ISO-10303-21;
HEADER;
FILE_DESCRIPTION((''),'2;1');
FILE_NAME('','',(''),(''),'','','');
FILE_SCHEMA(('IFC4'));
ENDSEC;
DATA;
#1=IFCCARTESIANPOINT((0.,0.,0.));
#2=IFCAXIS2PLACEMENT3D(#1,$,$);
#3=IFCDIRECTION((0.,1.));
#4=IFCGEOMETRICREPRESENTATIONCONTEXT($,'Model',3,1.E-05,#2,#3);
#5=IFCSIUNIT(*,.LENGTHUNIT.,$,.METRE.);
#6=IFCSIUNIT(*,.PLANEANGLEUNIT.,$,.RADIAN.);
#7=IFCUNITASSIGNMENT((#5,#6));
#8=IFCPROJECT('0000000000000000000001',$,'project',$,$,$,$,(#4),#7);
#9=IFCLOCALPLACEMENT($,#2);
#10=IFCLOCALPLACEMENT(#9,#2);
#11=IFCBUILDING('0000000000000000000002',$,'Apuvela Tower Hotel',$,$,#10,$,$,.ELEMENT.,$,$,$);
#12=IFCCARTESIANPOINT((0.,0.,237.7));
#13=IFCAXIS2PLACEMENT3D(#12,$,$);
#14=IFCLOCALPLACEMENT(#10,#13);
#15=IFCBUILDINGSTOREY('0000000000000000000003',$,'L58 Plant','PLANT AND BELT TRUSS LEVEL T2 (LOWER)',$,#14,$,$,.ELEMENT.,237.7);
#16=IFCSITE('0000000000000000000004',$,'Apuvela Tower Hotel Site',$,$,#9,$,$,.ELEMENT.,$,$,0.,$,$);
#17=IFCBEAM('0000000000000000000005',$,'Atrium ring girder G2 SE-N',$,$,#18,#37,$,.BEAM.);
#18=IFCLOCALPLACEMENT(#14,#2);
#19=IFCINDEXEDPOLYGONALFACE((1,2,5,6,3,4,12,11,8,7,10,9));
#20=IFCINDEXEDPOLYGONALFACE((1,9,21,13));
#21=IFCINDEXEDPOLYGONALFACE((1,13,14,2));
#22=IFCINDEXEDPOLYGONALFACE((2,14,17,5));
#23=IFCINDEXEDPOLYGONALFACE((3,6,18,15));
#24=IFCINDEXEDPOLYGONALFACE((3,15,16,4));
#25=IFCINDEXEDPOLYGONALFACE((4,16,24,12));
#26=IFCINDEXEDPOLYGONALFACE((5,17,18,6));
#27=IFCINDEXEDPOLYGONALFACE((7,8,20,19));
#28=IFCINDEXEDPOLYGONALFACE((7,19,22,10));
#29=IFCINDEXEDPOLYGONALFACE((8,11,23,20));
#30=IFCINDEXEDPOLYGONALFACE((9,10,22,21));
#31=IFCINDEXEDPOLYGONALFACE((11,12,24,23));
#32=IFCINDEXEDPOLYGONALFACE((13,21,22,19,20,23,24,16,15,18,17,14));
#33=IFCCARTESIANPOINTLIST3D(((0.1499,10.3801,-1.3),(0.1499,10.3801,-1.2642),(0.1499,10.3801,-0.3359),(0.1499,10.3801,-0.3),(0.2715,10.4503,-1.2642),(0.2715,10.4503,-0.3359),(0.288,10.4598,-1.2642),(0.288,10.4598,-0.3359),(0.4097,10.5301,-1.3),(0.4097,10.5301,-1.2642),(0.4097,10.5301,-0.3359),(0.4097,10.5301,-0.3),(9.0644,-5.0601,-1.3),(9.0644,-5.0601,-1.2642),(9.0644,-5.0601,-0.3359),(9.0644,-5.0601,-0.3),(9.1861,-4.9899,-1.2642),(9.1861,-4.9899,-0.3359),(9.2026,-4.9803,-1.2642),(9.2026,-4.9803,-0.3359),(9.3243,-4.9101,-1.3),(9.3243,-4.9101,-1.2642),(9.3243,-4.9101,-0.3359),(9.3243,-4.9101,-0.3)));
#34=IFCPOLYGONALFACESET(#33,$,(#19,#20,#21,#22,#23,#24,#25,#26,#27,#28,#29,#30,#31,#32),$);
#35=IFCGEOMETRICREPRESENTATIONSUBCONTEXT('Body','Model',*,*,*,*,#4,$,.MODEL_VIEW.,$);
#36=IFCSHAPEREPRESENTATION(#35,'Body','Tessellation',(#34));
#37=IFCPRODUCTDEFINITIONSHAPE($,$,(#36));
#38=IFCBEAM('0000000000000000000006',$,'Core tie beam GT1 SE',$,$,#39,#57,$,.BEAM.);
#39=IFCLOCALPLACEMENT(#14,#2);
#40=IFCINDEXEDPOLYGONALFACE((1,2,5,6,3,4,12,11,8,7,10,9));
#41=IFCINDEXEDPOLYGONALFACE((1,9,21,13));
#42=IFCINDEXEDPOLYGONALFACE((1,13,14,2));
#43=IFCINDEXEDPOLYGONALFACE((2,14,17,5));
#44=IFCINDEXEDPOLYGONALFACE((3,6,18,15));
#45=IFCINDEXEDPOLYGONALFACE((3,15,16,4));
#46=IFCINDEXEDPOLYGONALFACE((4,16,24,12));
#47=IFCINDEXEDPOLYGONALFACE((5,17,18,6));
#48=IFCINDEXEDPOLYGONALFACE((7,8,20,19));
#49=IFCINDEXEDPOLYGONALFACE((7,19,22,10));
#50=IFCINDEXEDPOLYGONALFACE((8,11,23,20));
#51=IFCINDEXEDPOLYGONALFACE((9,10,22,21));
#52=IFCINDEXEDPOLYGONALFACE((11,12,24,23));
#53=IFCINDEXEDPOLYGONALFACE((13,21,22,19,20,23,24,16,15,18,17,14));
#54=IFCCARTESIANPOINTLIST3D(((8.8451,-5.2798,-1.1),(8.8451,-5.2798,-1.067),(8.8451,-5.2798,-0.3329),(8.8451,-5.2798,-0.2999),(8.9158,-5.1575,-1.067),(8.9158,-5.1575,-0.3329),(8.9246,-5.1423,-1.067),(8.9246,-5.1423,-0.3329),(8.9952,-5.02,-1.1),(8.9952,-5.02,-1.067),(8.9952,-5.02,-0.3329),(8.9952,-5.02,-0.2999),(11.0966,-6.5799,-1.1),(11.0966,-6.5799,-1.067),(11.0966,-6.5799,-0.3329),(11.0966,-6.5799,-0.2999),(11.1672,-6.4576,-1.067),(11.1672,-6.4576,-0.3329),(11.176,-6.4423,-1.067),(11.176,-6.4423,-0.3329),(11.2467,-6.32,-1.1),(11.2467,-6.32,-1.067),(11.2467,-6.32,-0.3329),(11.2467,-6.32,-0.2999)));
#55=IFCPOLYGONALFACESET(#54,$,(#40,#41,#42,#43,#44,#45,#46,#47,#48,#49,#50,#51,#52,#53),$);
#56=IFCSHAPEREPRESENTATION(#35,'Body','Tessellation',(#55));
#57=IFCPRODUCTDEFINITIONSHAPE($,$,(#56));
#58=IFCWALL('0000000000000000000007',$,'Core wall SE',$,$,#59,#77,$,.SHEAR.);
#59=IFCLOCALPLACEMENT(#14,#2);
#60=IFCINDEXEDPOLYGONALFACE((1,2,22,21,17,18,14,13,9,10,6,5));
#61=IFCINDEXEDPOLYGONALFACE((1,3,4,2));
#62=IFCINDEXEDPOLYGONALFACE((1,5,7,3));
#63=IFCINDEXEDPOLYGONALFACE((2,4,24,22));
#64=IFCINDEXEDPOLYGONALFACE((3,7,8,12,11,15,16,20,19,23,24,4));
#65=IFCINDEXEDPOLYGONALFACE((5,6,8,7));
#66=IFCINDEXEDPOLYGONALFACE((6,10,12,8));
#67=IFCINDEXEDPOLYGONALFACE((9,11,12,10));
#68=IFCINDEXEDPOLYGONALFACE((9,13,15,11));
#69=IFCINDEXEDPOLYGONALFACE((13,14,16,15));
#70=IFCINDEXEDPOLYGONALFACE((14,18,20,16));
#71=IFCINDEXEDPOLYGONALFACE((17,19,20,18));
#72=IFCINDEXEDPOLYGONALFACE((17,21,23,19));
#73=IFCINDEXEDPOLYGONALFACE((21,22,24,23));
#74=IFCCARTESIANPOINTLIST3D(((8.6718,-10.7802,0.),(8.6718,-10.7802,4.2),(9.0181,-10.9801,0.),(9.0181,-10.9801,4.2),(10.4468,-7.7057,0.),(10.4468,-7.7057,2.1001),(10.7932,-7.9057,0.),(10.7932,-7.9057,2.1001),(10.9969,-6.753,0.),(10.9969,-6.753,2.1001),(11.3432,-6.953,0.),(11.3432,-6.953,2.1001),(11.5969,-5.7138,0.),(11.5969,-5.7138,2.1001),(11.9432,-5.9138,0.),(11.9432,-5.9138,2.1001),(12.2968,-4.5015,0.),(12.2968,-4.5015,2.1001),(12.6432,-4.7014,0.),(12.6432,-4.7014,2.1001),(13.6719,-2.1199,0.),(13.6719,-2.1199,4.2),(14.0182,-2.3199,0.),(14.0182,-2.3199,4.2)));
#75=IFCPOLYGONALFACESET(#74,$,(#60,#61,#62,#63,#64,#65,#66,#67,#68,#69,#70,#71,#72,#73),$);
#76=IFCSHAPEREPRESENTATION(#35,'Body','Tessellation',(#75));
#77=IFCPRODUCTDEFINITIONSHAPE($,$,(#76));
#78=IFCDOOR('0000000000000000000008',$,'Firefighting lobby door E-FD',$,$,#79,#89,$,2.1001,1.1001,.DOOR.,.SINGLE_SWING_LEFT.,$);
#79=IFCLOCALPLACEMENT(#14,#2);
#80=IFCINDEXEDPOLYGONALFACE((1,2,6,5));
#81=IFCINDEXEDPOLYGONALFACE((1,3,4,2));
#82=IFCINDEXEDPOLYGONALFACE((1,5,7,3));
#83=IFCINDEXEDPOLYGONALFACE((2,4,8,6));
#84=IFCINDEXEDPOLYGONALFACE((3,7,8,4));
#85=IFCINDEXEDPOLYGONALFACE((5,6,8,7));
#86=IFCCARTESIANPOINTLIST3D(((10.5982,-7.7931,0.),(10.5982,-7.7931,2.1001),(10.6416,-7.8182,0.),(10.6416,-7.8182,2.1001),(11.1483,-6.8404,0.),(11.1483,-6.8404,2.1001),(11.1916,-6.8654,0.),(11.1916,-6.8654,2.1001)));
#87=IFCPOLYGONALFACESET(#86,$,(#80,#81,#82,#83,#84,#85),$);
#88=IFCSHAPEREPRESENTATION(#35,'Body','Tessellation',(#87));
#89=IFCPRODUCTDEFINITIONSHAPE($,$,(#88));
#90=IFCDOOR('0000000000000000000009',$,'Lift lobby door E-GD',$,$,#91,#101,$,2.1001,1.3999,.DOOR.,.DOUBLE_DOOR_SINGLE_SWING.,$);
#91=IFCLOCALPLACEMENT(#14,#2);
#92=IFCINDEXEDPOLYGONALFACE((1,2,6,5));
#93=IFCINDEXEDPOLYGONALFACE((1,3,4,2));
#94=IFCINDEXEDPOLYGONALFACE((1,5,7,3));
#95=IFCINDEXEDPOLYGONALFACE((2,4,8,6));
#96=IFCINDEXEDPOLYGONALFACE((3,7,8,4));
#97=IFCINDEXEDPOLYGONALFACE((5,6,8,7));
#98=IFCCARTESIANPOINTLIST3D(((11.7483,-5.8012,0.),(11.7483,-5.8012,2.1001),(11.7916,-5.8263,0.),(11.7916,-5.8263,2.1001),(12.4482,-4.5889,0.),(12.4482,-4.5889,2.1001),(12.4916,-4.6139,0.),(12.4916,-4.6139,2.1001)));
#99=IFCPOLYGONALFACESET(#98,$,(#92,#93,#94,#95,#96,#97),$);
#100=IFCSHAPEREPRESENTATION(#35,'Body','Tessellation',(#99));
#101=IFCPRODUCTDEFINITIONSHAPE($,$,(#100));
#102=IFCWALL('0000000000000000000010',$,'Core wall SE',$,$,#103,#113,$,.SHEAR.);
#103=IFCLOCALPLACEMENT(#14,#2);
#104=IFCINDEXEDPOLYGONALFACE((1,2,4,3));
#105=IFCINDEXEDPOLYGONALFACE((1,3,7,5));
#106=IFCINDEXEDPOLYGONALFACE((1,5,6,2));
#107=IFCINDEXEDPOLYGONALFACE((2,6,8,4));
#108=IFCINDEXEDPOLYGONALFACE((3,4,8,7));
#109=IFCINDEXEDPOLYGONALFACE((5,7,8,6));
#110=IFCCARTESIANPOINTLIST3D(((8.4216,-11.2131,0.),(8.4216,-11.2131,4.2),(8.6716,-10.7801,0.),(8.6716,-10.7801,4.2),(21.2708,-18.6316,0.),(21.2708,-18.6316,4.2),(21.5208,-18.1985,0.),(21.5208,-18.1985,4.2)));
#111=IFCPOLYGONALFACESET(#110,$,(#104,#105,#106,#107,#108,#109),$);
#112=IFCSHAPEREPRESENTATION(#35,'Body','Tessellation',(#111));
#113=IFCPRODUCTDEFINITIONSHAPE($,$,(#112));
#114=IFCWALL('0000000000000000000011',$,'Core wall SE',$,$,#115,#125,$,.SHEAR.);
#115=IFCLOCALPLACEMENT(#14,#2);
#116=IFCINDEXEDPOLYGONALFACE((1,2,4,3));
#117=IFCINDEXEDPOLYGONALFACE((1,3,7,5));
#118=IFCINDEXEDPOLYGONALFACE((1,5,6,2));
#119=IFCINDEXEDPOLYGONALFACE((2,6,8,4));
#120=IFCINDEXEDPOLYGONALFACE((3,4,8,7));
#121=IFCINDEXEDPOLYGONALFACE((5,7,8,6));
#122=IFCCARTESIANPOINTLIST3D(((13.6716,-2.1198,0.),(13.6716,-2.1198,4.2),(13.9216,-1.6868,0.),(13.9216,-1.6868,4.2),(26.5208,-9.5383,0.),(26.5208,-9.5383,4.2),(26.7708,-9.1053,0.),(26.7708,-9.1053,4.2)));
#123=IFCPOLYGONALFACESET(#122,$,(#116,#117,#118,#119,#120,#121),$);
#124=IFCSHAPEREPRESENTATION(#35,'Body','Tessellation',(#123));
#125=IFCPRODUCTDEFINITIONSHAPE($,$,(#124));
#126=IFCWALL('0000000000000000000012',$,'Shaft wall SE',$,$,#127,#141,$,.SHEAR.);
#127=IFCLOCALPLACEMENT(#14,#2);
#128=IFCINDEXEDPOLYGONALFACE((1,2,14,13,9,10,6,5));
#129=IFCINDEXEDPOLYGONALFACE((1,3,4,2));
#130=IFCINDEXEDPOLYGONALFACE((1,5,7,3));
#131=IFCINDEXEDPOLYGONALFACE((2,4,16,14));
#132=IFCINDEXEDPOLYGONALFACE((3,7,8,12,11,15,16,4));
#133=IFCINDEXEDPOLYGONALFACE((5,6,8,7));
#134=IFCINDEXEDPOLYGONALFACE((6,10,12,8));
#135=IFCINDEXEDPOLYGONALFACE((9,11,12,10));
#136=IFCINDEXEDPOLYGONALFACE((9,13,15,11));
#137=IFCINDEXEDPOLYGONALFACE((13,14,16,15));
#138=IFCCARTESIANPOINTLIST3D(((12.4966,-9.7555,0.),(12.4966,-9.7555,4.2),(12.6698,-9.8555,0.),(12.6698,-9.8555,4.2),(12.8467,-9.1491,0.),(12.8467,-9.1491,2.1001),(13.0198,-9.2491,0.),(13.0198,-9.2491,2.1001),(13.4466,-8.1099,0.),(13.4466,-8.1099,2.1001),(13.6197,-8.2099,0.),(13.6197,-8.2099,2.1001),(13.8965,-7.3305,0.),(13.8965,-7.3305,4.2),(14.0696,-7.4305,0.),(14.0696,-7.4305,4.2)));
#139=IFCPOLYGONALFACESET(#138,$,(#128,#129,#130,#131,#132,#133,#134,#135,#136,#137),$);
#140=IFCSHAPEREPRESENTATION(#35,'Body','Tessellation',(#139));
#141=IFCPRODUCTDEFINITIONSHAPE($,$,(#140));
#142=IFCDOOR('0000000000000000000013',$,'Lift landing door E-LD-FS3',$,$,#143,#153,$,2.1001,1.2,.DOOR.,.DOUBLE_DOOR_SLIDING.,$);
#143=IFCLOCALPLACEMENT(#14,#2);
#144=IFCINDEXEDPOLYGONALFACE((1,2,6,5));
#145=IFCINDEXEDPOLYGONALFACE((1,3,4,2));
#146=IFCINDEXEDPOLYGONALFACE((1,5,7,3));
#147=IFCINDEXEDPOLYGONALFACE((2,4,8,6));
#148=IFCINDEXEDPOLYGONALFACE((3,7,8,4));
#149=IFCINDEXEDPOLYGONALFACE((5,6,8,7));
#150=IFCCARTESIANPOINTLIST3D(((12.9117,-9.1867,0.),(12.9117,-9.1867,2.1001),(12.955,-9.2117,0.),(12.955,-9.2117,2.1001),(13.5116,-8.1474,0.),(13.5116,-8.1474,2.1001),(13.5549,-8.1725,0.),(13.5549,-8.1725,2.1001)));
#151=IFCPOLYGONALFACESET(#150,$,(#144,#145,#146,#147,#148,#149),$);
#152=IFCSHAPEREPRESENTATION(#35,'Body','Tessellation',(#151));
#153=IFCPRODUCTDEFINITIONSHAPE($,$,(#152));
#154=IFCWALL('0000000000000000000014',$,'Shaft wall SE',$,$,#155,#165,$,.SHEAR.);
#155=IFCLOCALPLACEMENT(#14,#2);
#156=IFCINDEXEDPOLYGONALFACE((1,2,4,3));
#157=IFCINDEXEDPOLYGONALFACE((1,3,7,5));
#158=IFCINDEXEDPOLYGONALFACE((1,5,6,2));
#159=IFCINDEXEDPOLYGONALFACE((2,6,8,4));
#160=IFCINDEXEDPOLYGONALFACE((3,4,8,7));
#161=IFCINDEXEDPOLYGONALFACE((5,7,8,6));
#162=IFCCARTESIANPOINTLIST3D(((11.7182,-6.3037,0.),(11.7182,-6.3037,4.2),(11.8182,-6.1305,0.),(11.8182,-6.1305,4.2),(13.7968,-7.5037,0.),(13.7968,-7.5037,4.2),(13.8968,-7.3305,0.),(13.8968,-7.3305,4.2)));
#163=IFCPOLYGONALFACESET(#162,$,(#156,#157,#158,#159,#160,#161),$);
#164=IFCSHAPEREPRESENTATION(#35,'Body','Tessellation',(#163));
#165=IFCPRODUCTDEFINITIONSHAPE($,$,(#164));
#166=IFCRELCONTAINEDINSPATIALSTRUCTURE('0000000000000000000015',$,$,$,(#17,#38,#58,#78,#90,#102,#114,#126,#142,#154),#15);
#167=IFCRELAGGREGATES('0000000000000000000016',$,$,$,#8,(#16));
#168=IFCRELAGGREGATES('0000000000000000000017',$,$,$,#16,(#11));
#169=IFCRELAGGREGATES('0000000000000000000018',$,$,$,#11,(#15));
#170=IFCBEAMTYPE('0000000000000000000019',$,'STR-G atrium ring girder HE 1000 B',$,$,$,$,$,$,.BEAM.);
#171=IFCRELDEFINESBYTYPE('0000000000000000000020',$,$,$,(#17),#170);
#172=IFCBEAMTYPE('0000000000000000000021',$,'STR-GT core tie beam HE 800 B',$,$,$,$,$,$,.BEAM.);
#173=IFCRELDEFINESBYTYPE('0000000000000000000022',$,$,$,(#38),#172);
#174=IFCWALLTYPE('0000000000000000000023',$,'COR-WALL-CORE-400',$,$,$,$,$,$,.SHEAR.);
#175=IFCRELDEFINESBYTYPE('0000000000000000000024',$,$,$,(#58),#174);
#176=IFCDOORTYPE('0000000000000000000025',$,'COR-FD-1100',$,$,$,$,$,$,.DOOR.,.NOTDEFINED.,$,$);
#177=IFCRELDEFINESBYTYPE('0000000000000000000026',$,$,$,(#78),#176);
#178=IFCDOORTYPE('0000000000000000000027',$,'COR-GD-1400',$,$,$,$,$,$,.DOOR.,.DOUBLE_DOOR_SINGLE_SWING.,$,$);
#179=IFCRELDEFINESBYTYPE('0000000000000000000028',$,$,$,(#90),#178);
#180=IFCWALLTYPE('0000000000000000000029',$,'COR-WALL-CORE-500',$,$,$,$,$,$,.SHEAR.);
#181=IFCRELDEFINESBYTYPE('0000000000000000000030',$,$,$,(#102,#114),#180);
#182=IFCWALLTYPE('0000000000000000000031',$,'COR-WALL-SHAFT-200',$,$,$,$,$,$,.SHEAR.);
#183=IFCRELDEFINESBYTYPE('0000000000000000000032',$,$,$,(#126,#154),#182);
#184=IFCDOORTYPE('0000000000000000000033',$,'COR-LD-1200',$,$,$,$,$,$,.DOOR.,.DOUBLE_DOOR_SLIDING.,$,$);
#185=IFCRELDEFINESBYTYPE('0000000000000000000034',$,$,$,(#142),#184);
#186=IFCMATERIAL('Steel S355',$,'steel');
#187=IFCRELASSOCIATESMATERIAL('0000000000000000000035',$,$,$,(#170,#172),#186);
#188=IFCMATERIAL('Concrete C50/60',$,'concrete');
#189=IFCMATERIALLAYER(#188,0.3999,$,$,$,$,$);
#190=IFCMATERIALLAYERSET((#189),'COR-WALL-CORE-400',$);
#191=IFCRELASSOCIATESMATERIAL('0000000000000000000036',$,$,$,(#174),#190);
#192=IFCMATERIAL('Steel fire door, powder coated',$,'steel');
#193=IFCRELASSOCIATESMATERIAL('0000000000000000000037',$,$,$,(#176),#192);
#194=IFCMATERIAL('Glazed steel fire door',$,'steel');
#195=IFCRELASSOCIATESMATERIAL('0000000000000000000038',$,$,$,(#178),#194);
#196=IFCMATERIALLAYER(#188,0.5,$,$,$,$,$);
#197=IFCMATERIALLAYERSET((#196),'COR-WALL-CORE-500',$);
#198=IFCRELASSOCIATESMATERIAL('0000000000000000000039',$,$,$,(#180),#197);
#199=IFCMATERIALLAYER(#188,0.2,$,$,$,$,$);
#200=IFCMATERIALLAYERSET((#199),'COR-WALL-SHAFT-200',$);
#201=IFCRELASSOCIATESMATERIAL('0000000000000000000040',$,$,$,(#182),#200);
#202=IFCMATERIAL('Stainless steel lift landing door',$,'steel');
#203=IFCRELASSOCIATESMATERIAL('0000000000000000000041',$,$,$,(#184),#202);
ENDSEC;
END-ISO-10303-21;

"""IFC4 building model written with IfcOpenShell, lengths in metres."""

from ifc_helpers import new_model, si_unit, direction, frame, frame_2d, origin, origin_2d, place, context, subcontext, project, spatial, rectangle, i_section, extrude, material, layer, layer_set, material_profile, profile_set, type_object, element, fill, save


model = new_model("IFC4")

# Units and contexts
model_context = context("Model", 3, precision=1e-05, world=origin(), true_north=direction((0.0, 1.0)))
body_context = subcontext(model_context, "Body", "Model", "MODEL_VIEW")
ifc_project = project(units=[si_unit("LENGTHUNIT", "METRE"), si_unit("PLANEANGLEUNIT", "RADIAN")], contexts=[model_context])

# Site, building, storey
site_placement = place(None, origin())
site = spatial("IfcSite", under=ifc_project, at=site_placement, Name="Apuvela Tower Hotel Site", CompositionType="ELEMENT", RefElevation=0.0)
building_placement = place(site_placement, origin())
building = spatial("IfcBuilding", under=site, at=building_placement, Name="Apuvela Tower Hotel", CompositionType="ELEMENT")
storey_placement = place(building_placement, frame((0.0, 0.0, 237.7)))
storey = spatial("IfcBuildingStorey", under=building, at=storey_placement, Name="L58 Plant", Description="PLANT AND BELT TRUSS LEVEL T2 (LOWER)", CompositionType="ELEMENT", Elevation=237.7)

# Beams
ifc_material_1 = material(Name="Steel S355", Category="steel")
ifc_material_profile_1 = material_profile(ifc_material_1, i_section(OverallWidth=0.3, OverallDepth=1.0, WebThickness=0.019, FlangeThickness=0.0359, at=origin_2d()), Name="HE 1000 B")
ifc_profile_set_1 = profile_set([ifc_material_profile_1], Name="Steel S355")
beam_type_1 = type_object("IfcBeamType", Name="STR-G atrium ring girder HE 1000 B", PredefinedType="BEAM", material=ifc_profile_set_1)
beam_1_placement = place(storey_placement, frame((9.1943, -4.9851, -0.8), z_axis=(-0.500007, 0.866022, 0.0), x_axis=(-0.866022, -0.500007, 0.0)))
element("IfcBeam", 1, at=beam_1_placement, inside=storey, type_object=beam_type_1, Name="Atrium ring girder G2 SE-N", PredefinedType="BEAM", context=body_context, shape_type="SweptSolid", body=[
    extrude(i_section(OverallWidth=0.3, OverallDepth=1.0, WebThickness=0.019, FlangeThickness=0.0359, at=origin_2d()), origin(), (0.0, 0.0, 1.0), 17.8289),
])
ifc_material_profile_2 = material_profile(ifc_material_1, i_section(OverallWidth=0.3, OverallDepth=0.8, WebThickness=0.0176, FlangeThickness=0.033, at=origin_2d()), Name="HE 800 B")
ifc_profile_set_2 = profile_set([ifc_material_profile_2], Name="Steel S355")
beam_type_2 = type_object("IfcBeamType", Name="STR-GT core tie beam HE 800 B", PredefinedType="BEAM", material=ifc_profile_set_2)
beam_2_placement = place(storey_placement, frame((11.1716, -6.45, -0.7), z_axis=(-0.865998, 0.500048, 0.0), x_axis=(-0.500048, -0.865998, 0.0)))
element("IfcBeam", 2, at=beam_2_placement, inside=storey, type_object=beam_type_2, Name="Core tie beam GT1 SE", PredefinedType="BEAM", context=body_context, shape_type="SweptSolid", body=[
    extrude(i_section(OverallWidth=0.3, OverallDepth=0.8, WebThickness=0.0176, FlangeThickness=0.033, at=origin_2d()), origin(), (0.0, 0.0, 1.0), 2.5999),
])

# Wall, openings, doors
ifc_material_2 = material(Name="Concrete C50/60", Category="concrete")
ifc_layer_1 = layer(ifc_material_2, 0.3999)
ifc_layer_set_1 = layer_set([ifc_layer_1], Name="COR-WALL-CORE-400")
wall_type_1 = type_object("IfcWallType", Name="COR-WALL-CORE-400", PredefinedType="SHEAR", material=ifc_layer_set_1)
wall_1_placement = place(storey_placement, frame((8.845, -10.8801, 0.0), z_axis=(0.0, 0.0, 1.0), x_axis=(0.500004, 0.866023, 0.0)))
wall_1 = element("IfcWall", 3, at=wall_1_placement, inside=storey, type_object=wall_type_1, Name="Core wall SE", PredefinedType="SHEAR", context=body_context, shape_type="SweptSolid", body=[
    extrude(rectangle(XDim=10.0, YDim=0.3999, at=frame_2d((5.0, 0.0))), origin(), (0.0, 0.0, 1.0), 4.2),
])
opening_1_placement = place(wall_1_placement, frame((3.55, 0.0, 0.0)))
opening_1 = element("IfcOpeningElement", 4, at=opening_1_placement, cuts=wall_1, PredefinedType="OPENING", context=body_context, shape_type="SweptSolid", body=[
    extrude(rectangle(XDim=1.1001, YDim=2.1001, at=frame_2d((0.55, 1.05))), frame((0.0, 0.21, 0.0), z_axis=(0.0, -1.0, 0.0), x_axis=(1.0, 0.0, 0.0)), (0.0, 0.0, 1.0), 0.4199),
])
opening_2_placement = place(wall_1_placement, frame((5.8501, 0.0, 0.0)))
opening_2 = element("IfcOpeningElement", 5, at=opening_2_placement, cuts=wall_1, PredefinedType="OPENING", context=body_context, shape_type="SweptSolid", body=[
    extrude(rectangle(XDim=1.3999, YDim=2.1001, at=frame_2d((0.7, 1.05))), frame((0.0, 0.21, 0.0), z_axis=(0.0, -1.0, 0.0), x_axis=(1.0, 0.0, 0.0)), (0.0, 0.0, 1.0), 0.4199),
])
ifc_material_3 = material(Name="Steel fire door, powder coated", Category="steel")
door_type_1 = type_object("IfcDoorType", Name="COR-FD-1100", OperationType="NOTDEFINED", PredefinedType="DOOR", material=ifc_material_3)
door_1_placement = place(opening_1_placement, frame((1.1001, 0.0, 0.0), z_axis=(0.0, 0.0, 1.0), x_axis=(-1.0, 0.0, 0.0)))
door_1 = element("IfcDoor", 6, at=door_1_placement, inside=storey, type_object=door_type_1, Name="Firefighting lobby door E-FD", OperationType="SINGLE_SWING_LEFT", OverallHeight=2.1001, OverallWidth=1.1001, PredefinedType="DOOR", context=body_context, shape_type="SweptSolid", body=[
    extrude(rectangle(XDim=1.1001, YDim=2.1001, at=frame_2d((0.55, 1.05))), frame((0.0, 0.0249, 0.0), z_axis=(0.0, -1.0, 0.0), x_axis=(1.0, 0.0, 0.0)), (0.0, 0.0, 1.0), 0.05),
])
fill(opening_1, door_1)
ifc_material_4 = material(Name="Glazed steel fire door", Category="steel")
door_type_2 = type_object("IfcDoorType", Name="COR-GD-1400", OperationType="DOUBLE_DOOR_SINGLE_SWING", PredefinedType="DOOR", material=ifc_material_4)
door_2_placement = place(opening_2_placement, frame((1.3999, 0.0, 0.0), z_axis=(0.0, 0.0, 1.0), x_axis=(-1.0, 0.0, 0.0)))
door_2 = element("IfcDoor", 7, at=door_2_placement, inside=storey, type_object=door_type_2, Name="Lift lobby door E-GD", OperationType="DOUBLE_DOOR_SINGLE_SWING", OverallHeight=2.1001, OverallWidth=1.3999, PredefinedType="DOOR", context=body_context, shape_type="SweptSolid", body=[
    extrude(rectangle(XDim=1.3999, YDim=2.1001, at=frame_2d((0.7, 1.05))), frame((0.0, 0.0249, 0.0), z_axis=(0.0, -1.0, 0.0), x_axis=(1.0, 0.0, 0.0)), (0.0, 0.0, 1.0), 0.05),
])
fill(opening_2, door_2)

# Walls
ifc_layer_2 = layer(ifc_material_2, 0.5)
ifc_layer_set_2 = layer_set([ifc_layer_2], Name="COR-WALL-CORE-500")
wall_type_2 = type_object("IfcWallType", Name="COR-WALL-CORE-500", PredefinedType="SHEAR", material=ifc_layer_set_2)
for number, where, z_axis, x_axis, name in (
    (8, (8.5466, -10.9966, 0.0), (0.0, 0.0, 1.0), (0.866025, -0.500001, 0.0), "Core wall SE"),
    (9, (13.7966, -1.9033, 0.0), (0.0, 0.0, 1.0), (0.866025, -0.500001, 0.0), "Core wall SE"),
):
    element("IfcWall", number, at=place(storey_placement, frame(where, z_axis=z_axis, x_axis=x_axis)), inside=storey, type_object=wall_type_2, Name=name, PredefinedType="SHEAR", context=body_context, shape_type="SweptSolid", body=[
        extrude(rectangle(XDim=14.8369, YDim=0.5, at=frame_2d((7.4185, 0.0))), origin(), (0.0, 0.0, 1.0), 4.2),
    ])

# Wall, opening, door
ifc_layer_3 = layer(ifc_material_2, 0.2)
ifc_layer_set_3 = layer_set([ifc_layer_3], Name="COR-WALL-SHAFT-200")
wall_type_3 = type_object("IfcWallType", Name="COR-WALL-SHAFT-200", PredefinedType="SHEAR", material=ifc_layer_set_3)
wall_2_placement = place(storey_placement, frame((12.5833, -9.8054, 0.0), z_axis=(0.0, 0.0, 1.0), x_axis=(0.499946, 0.866056, 0.0)))
wall_2 = element("IfcWall", 10, at=wall_2_placement, inside=storey, type_object=wall_type_3, Name="Shaft wall SE", PredefinedType="SHEAR", context=body_context, shape_type="SweptSolid", body=[
    extrude(rectangle(XDim=2.8, YDim=0.2, at=frame_2d((1.3999, 0.0))), origin(), (0.0, 0.0, 1.0), 4.2),
])
opening_3_placement = place(wall_2_placement, frame((0.7, 0.0, 0.0)))
opening_3 = element("IfcOpeningElement", 11, at=opening_3_placement, cuts=wall_2, PredefinedType="OPENING", context=body_context, shape_type="SweptSolid", body=[
    extrude(rectangle(XDim=1.2, YDim=2.1001, at=frame_2d((0.6001, 1.05))), frame((0.0, 0.1099, 0.0), z_axis=(0.0, -1.0, 0.0), x_axis=(1.0, 0.0, 0.0)), (0.0, 0.0, 1.0), 0.22),
])
ifc_material_5 = material(Name="Stainless steel lift landing door", Category="steel")
door_type_3 = type_object("IfcDoorType", Name="COR-LD-1200", OperationType="DOUBLE_DOOR_SLIDING", PredefinedType="DOOR", material=ifc_material_5)
door_3_placement = place(opening_3_placement, origin())
door_3 = element("IfcDoor", 12, at=door_3_placement, inside=storey, type_object=door_type_3, Name="Lift landing door E-LD-FS3", OperationType="DOUBLE_DOOR_SLIDING", OverallHeight=2.1001, OverallWidth=1.2, PredefinedType="DOOR", context=body_context, shape_type="SweptSolid", body=[
    extrude(rectangle(XDim=1.2, YDim=2.1001, at=frame_2d((0.6001, 1.05))), frame((0.0, 0.0249, 0.0), z_axis=(0.0, -1.0, 0.0), x_axis=(1.0, 0.0, 0.0)), (0.0, 0.0, 1.0), 0.05),
])
fill(opening_3, door_3)

# Wall
wall_3_placement = place(storey_placement, frame((11.7681, -6.217, 0.0), z_axis=(0.0, 0.0, 1.0), x_axis=(0.86605, -0.499957, 0.0)))
element("IfcWall", 13, at=wall_3_placement, inside=storey, type_object=wall_type_3, Name="Shaft wall SE", PredefinedType="SHEAR", context=body_context, shape_type="SweptSolid", body=[
    extrude(rectangle(XDim=2.4001, YDim=0.2, at=frame_2d((1.2002, 0.0))), origin(), (0.0, 0.0, 1.0), 4.2),
])

save(model, "model.ifc")
